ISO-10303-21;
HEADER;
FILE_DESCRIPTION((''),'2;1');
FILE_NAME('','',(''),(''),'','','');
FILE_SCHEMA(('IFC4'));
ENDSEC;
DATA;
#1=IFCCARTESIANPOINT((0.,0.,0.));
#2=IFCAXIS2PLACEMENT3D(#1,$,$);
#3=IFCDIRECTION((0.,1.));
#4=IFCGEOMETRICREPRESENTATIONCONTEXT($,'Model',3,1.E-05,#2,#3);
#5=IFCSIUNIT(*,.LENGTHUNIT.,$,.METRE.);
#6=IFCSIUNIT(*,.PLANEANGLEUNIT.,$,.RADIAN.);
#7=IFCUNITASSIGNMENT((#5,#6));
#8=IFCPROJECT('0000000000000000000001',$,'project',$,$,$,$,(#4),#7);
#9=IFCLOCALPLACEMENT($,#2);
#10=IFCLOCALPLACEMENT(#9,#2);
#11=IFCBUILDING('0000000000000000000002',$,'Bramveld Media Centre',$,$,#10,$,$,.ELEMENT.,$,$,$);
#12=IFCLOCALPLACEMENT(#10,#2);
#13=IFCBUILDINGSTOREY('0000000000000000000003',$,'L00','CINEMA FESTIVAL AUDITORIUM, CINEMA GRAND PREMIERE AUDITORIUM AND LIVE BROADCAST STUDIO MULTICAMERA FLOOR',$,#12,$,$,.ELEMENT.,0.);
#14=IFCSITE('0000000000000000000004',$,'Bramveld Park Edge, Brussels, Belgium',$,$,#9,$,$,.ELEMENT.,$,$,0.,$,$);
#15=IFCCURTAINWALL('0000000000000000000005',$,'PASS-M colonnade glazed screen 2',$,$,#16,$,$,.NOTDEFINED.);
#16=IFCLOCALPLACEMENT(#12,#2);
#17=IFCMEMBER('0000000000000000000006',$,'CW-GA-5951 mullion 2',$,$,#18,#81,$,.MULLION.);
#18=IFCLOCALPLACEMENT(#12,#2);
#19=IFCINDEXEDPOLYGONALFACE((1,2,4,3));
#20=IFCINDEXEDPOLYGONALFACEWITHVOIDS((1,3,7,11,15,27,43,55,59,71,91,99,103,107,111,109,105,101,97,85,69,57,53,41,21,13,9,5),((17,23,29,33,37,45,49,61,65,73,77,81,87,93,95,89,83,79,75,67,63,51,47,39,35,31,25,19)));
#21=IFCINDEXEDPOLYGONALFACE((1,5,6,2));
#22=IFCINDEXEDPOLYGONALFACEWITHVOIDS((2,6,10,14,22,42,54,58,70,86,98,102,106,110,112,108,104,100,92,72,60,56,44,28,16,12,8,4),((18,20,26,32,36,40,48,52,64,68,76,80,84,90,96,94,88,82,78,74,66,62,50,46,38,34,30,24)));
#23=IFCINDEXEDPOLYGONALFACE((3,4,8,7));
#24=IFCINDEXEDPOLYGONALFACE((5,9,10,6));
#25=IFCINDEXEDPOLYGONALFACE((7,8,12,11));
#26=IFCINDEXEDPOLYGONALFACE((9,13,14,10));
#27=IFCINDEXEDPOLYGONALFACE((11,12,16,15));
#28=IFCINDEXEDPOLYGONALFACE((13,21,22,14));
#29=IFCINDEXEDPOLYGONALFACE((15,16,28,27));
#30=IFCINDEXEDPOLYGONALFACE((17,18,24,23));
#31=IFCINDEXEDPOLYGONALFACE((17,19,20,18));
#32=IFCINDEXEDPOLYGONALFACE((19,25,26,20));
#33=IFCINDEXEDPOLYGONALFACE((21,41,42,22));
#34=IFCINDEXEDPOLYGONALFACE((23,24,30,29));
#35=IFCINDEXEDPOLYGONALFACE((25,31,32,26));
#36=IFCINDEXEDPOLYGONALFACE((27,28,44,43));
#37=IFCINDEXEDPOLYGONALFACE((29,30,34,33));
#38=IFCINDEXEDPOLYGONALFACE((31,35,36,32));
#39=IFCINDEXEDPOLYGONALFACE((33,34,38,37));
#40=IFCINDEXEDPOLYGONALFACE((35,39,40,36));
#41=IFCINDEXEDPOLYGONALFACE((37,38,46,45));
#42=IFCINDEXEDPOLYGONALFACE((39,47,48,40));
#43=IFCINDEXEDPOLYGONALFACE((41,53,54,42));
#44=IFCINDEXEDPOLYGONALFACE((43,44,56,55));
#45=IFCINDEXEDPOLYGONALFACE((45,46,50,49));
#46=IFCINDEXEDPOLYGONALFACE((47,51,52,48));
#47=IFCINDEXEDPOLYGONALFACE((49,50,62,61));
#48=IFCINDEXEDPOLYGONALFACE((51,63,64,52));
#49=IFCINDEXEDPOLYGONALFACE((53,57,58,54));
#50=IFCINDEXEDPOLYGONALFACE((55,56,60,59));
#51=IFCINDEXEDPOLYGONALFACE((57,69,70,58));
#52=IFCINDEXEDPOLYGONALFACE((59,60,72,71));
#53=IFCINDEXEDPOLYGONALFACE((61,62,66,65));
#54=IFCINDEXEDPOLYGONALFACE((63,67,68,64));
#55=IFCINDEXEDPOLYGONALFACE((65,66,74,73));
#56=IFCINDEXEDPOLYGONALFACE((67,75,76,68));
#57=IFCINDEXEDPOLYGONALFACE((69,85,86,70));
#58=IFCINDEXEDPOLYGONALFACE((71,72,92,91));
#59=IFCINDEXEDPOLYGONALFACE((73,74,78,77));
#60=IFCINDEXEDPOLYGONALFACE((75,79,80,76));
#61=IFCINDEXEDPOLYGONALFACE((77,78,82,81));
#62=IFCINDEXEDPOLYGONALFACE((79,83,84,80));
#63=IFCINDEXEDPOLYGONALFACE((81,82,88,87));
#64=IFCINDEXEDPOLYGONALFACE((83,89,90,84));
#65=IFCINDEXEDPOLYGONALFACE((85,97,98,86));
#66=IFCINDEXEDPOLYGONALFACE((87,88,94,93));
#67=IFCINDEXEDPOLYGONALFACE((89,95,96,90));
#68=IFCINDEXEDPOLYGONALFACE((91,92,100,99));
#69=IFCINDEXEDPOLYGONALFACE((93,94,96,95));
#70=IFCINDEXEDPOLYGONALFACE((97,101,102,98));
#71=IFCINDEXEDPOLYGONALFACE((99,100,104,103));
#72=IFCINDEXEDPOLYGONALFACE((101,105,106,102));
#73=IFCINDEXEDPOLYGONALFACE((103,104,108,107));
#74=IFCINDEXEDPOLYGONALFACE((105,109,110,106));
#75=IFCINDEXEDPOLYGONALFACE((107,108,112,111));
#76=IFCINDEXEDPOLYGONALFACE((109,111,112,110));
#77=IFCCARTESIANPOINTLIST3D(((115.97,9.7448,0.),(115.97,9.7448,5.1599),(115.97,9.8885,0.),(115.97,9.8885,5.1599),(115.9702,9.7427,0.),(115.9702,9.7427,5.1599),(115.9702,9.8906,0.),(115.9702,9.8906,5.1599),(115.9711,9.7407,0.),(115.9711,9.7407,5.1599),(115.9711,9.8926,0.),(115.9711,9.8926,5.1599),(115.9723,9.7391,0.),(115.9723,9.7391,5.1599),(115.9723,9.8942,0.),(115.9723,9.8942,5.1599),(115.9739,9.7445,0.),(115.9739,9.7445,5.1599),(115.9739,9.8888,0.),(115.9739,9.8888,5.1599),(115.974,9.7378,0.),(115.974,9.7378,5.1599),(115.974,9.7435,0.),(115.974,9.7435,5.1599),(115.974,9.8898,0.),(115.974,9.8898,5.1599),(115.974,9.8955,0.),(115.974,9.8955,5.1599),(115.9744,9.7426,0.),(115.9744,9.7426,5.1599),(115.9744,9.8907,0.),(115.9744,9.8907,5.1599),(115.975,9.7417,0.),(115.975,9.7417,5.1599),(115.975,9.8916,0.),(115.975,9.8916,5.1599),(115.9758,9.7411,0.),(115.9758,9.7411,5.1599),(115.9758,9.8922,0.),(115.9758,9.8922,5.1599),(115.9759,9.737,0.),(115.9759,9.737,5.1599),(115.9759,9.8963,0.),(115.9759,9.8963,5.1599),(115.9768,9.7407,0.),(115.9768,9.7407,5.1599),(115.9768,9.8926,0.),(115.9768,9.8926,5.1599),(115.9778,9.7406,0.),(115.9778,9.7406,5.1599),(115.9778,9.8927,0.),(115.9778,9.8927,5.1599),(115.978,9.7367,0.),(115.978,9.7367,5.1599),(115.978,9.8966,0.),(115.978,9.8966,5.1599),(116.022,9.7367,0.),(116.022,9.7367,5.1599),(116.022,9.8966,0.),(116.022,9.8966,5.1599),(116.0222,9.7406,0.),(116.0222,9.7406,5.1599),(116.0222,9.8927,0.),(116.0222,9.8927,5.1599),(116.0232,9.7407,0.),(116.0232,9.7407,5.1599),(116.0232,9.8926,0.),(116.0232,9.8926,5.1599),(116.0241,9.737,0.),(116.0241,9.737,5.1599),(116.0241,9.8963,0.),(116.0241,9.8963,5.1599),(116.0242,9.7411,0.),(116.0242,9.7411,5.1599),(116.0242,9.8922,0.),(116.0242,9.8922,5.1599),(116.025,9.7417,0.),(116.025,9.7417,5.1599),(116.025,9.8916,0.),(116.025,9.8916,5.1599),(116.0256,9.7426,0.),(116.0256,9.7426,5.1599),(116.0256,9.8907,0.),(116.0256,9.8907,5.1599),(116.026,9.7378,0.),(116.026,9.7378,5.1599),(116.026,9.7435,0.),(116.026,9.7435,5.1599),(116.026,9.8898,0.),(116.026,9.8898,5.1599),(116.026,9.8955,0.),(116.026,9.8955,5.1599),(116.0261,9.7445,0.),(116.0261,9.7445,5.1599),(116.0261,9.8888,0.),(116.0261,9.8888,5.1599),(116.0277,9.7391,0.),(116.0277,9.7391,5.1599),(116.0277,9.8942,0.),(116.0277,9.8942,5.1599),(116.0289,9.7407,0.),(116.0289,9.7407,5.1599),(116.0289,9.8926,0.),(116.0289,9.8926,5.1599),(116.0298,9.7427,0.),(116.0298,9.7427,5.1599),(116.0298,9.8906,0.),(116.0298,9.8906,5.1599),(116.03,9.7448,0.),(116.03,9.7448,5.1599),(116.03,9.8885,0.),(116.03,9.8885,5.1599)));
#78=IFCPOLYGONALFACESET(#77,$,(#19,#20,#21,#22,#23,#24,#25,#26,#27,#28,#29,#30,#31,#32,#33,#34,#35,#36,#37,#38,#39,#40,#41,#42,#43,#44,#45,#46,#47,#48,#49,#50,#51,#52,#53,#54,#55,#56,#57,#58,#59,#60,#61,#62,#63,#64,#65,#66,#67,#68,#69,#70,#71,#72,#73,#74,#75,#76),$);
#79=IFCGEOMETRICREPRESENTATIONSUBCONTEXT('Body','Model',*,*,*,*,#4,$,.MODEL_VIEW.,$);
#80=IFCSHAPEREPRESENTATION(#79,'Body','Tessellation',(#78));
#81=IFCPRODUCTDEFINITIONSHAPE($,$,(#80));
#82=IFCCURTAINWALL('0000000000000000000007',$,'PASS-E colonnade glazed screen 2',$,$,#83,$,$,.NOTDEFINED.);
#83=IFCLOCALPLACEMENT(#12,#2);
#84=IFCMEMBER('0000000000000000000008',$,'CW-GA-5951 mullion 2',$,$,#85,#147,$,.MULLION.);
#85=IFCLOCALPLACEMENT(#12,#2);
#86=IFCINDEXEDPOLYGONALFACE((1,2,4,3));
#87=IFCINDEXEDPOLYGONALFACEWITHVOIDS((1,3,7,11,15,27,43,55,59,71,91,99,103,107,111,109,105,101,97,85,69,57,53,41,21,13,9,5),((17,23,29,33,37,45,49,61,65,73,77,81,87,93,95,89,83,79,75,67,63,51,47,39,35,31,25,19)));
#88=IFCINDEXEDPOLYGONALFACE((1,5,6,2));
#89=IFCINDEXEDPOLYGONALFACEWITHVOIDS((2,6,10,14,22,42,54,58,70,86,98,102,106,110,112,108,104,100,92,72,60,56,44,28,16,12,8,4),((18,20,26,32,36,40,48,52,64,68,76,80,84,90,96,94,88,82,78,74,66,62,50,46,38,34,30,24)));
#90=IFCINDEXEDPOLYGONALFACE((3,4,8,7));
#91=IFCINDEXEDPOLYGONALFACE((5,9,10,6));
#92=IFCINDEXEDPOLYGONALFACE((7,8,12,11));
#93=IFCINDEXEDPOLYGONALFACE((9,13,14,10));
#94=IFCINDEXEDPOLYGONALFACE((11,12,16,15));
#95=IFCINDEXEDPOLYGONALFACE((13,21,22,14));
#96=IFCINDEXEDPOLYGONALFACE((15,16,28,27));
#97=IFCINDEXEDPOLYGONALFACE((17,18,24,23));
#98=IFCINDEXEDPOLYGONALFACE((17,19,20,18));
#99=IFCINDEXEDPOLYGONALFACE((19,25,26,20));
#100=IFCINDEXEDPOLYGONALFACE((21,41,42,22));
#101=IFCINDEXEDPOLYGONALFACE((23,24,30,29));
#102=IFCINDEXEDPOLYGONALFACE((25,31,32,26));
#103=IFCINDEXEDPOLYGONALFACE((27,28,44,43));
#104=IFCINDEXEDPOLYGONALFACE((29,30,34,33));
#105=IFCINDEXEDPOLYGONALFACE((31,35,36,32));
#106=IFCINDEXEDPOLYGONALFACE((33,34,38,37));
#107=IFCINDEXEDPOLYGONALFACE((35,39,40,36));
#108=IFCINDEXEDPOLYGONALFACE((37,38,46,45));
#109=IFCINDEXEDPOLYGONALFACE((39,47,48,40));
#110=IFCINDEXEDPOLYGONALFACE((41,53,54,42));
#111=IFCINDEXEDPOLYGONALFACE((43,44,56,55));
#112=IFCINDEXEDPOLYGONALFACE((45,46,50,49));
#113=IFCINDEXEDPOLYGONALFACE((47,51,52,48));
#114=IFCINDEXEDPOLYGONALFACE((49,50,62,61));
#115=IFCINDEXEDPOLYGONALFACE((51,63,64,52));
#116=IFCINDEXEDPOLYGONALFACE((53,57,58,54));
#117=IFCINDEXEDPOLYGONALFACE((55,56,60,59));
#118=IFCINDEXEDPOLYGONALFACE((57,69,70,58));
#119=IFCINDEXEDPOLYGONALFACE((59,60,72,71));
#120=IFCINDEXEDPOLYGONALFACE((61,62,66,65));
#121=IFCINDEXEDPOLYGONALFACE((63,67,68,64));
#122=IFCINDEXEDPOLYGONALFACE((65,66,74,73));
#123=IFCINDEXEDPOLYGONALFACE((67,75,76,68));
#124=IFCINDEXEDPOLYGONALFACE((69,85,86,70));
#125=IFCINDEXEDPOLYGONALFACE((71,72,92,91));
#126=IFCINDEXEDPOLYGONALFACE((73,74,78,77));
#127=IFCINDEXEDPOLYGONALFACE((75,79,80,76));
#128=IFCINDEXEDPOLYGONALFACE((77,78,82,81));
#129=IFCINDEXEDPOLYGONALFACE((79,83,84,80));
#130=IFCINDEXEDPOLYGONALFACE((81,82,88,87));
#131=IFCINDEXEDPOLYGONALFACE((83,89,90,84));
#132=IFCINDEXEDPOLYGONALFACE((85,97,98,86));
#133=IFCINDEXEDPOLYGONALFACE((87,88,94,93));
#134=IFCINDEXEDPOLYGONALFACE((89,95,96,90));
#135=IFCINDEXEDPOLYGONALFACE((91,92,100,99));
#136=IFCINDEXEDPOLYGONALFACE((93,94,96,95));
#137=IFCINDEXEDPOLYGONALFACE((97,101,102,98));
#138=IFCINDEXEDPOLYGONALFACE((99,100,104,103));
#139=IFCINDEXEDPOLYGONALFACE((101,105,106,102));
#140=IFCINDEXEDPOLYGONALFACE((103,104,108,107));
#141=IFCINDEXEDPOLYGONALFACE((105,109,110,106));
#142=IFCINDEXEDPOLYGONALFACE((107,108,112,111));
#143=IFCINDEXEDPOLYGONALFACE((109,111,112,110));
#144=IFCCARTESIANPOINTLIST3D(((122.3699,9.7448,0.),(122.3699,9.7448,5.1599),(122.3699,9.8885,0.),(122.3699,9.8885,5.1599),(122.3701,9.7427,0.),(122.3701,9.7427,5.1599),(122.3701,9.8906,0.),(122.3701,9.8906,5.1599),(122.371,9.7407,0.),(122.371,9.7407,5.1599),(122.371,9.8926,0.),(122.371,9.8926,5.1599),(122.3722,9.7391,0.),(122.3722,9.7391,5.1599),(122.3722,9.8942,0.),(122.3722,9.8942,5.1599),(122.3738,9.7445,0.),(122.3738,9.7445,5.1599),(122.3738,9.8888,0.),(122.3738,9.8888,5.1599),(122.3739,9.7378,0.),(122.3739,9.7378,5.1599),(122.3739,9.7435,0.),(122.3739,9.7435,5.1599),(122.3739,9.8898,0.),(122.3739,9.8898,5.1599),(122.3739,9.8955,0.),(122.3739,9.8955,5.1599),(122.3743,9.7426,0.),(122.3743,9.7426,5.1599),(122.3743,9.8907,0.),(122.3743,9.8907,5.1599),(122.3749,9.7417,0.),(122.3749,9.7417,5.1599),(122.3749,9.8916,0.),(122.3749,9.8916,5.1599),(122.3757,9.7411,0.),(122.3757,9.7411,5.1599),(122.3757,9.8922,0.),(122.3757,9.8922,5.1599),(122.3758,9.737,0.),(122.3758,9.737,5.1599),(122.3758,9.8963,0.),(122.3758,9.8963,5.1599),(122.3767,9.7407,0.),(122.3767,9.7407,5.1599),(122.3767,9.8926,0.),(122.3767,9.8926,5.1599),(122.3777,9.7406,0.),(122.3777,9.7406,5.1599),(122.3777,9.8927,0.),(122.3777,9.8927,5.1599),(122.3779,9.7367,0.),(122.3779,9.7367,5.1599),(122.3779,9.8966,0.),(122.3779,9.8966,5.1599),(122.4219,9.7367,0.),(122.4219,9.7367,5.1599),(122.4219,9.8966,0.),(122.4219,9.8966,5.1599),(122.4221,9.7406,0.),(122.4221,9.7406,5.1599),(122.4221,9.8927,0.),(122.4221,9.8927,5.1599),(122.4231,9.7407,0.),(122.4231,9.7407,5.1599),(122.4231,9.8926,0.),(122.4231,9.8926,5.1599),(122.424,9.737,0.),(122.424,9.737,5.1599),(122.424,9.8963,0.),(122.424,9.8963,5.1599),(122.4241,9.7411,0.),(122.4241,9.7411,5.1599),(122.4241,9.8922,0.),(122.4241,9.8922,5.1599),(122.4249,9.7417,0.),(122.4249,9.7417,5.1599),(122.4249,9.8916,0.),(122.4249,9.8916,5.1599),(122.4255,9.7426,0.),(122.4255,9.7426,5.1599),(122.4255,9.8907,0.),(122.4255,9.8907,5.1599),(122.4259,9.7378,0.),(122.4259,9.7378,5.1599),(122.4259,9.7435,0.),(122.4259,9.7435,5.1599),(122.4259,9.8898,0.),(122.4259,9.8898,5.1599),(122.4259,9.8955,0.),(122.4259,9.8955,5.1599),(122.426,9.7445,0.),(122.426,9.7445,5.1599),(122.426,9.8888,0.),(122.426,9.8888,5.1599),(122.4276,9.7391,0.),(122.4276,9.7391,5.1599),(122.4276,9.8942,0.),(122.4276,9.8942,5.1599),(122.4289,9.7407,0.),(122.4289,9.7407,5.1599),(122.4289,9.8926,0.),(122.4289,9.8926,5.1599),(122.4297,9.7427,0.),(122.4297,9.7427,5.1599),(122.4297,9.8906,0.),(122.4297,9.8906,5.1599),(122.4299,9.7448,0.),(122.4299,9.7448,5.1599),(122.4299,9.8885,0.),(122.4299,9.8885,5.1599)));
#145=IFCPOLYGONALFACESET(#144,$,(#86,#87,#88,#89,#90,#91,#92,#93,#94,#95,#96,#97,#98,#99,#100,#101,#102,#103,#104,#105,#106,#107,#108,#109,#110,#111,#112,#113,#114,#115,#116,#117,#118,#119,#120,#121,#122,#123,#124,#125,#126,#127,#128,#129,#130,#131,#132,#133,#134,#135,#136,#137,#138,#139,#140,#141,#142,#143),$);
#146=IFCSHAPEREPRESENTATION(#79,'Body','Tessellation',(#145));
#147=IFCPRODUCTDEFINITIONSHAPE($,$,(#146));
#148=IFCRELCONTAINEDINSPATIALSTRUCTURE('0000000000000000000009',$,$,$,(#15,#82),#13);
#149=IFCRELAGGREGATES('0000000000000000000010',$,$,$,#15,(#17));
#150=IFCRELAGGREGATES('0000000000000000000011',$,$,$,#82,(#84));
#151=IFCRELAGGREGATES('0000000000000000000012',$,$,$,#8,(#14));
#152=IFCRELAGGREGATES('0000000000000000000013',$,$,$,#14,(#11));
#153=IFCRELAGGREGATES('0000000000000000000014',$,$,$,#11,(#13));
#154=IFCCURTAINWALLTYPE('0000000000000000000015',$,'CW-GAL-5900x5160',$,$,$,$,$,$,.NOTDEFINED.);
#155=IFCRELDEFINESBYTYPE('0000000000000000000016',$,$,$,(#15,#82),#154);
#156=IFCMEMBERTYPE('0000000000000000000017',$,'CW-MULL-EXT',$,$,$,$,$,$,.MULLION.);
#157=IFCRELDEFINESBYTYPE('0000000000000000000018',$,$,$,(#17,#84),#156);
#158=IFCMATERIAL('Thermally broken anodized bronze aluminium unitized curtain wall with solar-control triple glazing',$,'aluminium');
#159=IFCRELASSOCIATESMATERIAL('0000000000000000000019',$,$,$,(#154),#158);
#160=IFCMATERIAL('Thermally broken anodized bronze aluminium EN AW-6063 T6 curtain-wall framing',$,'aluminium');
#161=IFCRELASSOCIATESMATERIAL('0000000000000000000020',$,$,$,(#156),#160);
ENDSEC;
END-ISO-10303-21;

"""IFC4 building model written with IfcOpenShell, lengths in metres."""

from ifc_helpers import new_model, si_unit, direction, frame, origin, origin_2d, place, context, subcontext, project, spatial, hollow_rectangle, extrude, material, material_profile, profile_set, type_object, element, aggregate, save


model = new_model("IFC4")

# Units and contexts
model_context = context("Model", 3, precision=1e-05, world=origin(), true_north=direction((0.0, 1.0)))
body_context = subcontext(model_context, "Body", "Model", "MODEL_VIEW")
ifc_project = project(units=[si_unit("LENGTHUNIT", "METRE"), si_unit("PLANEANGLEUNIT", "RADIAN")], contexts=[model_context])

# Site, building, storey
site_placement = place(None, origin())
site = spatial("IfcSite", under=ifc_project, at=site_placement, Name="Bramveld Park Edge, Brussels, Belgium", CompositionType="ELEMENT", RefElevation=0.0)
building_placement = place(site_placement, origin())
building = spatial("IfcBuilding", under=site, at=building_placement, Name="Bramveld Media Centre", CompositionType="ELEMENT")
storey_placement = place(building_placement, origin())
storey = spatial("IfcBuildingStorey", under=building, at=storey_placement, Name="L00", Description="CINEMA FESTIVAL AUDITORIUM, CINEMA GRAND PREMIERE AUDITORIUM AND LIVE BROADCAST STUDIO MULTICAMERA FLOOR", CompositionType="ELEMENT", Elevation=0.0)

# Curtain walls, members
ifc_material_1 = material(Name="Thermally broken anodized bronze aluminium unitized curtain wall with solar-control triple glazing", Category="aluminium")
curtain_wall_type = type_object("IfcCurtainWallType", Name="CW-GAL-5900x5160", PredefinedType="NOTDEFINED", material=ifc_material_1)
curtain_wall_1_placement = place(storey_placement, origin())
curtain_wall_1 = element("IfcCurtainWall", 1, at=curtain_wall_1_placement, inside=storey, type_object=curtain_wall_type, Name="PASS-M colonnade glazed screen 2", PredefinedType="NOTDEFINED")
ifc_material_2 = material(Name="Thermally broken anodized bronze aluminium EN AW-6063 T6 curtain-wall framing", Category="aluminium")
ifc_material_profile_1 = material_profile(ifc_material_2, hollow_rectangle(XDim=0.0601, YDim=0.1599, WallThickness=0.0039, InnerFilletRadius=0.0039, OuterFilletRadius=0.0081, at=origin_2d()), Name="AL-MULL 60x160")
ifc_profile_set_1 = profile_set([ifc_material_profile_1], Name="Thermally broken anodized bronze aluminium EN AW-6063 T6 curtain-wall framing")
member_type_1 = type_object("IfcMemberType", Name="CW-MULL-EXT", PredefinedType="MULLION", material=ifc_profile_set_1)
member_1_placement = place(storey_placement, frame((116.0, 9.8167, 0.0), z_axis=(0.0, 0.0, 1.0), x_axis=(-1.0, 0.0, 0.0)))
member_1 = element("IfcMember", 2, at=member_1_placement, type_object=member_type_1, Name="CW-GA-5951 mullion 2", PredefinedType="MULLION", context=body_context, shape_type="SweptSolid", body=[
    extrude(hollow_rectangle(XDim=0.0601, YDim=0.1599, WallThickness=0.0039, InnerFilletRadius=0.0039, OuterFilletRadius=0.0081, at=origin_2d()), origin(), (0.0, 0.0, 1.0), 5.1599),
])
curtain_wall_2_placement = place(storey_placement, origin())
curtain_wall_2 = element("IfcCurtainWall", 3, at=curtain_wall_2_placement, inside=storey, type_object=curtain_wall_type, Name="PASS-E colonnade glazed screen 2", PredefinedType="NOTDEFINED")
member_2_placement = place(storey_placement, frame((122.3999, 9.8167, 0.0), z_axis=(0.0, 0.0, 1.0), x_axis=(-1.0, 0.0, 0.0)))
member_2 = element("IfcMember", 4, at=member_2_placement, type_object=member_type_1, Name="CW-GA-5951 mullion 2", PredefinedType="MULLION", context=body_context, shape_type="SweptSolid", body=[
    extrude(hollow_rectangle(XDim=0.0601, YDim=0.1599, WallThickness=0.0039, InnerFilletRadius=0.0039, OuterFilletRadius=0.0081, at=origin_2d()), origin(), (0.0, 0.0, 1.0), 5.1599),
])

aggregate(curtain_wall_1, [member_1])
aggregate(curtain_wall_2, [member_2])

save(model, "model.ifc")
